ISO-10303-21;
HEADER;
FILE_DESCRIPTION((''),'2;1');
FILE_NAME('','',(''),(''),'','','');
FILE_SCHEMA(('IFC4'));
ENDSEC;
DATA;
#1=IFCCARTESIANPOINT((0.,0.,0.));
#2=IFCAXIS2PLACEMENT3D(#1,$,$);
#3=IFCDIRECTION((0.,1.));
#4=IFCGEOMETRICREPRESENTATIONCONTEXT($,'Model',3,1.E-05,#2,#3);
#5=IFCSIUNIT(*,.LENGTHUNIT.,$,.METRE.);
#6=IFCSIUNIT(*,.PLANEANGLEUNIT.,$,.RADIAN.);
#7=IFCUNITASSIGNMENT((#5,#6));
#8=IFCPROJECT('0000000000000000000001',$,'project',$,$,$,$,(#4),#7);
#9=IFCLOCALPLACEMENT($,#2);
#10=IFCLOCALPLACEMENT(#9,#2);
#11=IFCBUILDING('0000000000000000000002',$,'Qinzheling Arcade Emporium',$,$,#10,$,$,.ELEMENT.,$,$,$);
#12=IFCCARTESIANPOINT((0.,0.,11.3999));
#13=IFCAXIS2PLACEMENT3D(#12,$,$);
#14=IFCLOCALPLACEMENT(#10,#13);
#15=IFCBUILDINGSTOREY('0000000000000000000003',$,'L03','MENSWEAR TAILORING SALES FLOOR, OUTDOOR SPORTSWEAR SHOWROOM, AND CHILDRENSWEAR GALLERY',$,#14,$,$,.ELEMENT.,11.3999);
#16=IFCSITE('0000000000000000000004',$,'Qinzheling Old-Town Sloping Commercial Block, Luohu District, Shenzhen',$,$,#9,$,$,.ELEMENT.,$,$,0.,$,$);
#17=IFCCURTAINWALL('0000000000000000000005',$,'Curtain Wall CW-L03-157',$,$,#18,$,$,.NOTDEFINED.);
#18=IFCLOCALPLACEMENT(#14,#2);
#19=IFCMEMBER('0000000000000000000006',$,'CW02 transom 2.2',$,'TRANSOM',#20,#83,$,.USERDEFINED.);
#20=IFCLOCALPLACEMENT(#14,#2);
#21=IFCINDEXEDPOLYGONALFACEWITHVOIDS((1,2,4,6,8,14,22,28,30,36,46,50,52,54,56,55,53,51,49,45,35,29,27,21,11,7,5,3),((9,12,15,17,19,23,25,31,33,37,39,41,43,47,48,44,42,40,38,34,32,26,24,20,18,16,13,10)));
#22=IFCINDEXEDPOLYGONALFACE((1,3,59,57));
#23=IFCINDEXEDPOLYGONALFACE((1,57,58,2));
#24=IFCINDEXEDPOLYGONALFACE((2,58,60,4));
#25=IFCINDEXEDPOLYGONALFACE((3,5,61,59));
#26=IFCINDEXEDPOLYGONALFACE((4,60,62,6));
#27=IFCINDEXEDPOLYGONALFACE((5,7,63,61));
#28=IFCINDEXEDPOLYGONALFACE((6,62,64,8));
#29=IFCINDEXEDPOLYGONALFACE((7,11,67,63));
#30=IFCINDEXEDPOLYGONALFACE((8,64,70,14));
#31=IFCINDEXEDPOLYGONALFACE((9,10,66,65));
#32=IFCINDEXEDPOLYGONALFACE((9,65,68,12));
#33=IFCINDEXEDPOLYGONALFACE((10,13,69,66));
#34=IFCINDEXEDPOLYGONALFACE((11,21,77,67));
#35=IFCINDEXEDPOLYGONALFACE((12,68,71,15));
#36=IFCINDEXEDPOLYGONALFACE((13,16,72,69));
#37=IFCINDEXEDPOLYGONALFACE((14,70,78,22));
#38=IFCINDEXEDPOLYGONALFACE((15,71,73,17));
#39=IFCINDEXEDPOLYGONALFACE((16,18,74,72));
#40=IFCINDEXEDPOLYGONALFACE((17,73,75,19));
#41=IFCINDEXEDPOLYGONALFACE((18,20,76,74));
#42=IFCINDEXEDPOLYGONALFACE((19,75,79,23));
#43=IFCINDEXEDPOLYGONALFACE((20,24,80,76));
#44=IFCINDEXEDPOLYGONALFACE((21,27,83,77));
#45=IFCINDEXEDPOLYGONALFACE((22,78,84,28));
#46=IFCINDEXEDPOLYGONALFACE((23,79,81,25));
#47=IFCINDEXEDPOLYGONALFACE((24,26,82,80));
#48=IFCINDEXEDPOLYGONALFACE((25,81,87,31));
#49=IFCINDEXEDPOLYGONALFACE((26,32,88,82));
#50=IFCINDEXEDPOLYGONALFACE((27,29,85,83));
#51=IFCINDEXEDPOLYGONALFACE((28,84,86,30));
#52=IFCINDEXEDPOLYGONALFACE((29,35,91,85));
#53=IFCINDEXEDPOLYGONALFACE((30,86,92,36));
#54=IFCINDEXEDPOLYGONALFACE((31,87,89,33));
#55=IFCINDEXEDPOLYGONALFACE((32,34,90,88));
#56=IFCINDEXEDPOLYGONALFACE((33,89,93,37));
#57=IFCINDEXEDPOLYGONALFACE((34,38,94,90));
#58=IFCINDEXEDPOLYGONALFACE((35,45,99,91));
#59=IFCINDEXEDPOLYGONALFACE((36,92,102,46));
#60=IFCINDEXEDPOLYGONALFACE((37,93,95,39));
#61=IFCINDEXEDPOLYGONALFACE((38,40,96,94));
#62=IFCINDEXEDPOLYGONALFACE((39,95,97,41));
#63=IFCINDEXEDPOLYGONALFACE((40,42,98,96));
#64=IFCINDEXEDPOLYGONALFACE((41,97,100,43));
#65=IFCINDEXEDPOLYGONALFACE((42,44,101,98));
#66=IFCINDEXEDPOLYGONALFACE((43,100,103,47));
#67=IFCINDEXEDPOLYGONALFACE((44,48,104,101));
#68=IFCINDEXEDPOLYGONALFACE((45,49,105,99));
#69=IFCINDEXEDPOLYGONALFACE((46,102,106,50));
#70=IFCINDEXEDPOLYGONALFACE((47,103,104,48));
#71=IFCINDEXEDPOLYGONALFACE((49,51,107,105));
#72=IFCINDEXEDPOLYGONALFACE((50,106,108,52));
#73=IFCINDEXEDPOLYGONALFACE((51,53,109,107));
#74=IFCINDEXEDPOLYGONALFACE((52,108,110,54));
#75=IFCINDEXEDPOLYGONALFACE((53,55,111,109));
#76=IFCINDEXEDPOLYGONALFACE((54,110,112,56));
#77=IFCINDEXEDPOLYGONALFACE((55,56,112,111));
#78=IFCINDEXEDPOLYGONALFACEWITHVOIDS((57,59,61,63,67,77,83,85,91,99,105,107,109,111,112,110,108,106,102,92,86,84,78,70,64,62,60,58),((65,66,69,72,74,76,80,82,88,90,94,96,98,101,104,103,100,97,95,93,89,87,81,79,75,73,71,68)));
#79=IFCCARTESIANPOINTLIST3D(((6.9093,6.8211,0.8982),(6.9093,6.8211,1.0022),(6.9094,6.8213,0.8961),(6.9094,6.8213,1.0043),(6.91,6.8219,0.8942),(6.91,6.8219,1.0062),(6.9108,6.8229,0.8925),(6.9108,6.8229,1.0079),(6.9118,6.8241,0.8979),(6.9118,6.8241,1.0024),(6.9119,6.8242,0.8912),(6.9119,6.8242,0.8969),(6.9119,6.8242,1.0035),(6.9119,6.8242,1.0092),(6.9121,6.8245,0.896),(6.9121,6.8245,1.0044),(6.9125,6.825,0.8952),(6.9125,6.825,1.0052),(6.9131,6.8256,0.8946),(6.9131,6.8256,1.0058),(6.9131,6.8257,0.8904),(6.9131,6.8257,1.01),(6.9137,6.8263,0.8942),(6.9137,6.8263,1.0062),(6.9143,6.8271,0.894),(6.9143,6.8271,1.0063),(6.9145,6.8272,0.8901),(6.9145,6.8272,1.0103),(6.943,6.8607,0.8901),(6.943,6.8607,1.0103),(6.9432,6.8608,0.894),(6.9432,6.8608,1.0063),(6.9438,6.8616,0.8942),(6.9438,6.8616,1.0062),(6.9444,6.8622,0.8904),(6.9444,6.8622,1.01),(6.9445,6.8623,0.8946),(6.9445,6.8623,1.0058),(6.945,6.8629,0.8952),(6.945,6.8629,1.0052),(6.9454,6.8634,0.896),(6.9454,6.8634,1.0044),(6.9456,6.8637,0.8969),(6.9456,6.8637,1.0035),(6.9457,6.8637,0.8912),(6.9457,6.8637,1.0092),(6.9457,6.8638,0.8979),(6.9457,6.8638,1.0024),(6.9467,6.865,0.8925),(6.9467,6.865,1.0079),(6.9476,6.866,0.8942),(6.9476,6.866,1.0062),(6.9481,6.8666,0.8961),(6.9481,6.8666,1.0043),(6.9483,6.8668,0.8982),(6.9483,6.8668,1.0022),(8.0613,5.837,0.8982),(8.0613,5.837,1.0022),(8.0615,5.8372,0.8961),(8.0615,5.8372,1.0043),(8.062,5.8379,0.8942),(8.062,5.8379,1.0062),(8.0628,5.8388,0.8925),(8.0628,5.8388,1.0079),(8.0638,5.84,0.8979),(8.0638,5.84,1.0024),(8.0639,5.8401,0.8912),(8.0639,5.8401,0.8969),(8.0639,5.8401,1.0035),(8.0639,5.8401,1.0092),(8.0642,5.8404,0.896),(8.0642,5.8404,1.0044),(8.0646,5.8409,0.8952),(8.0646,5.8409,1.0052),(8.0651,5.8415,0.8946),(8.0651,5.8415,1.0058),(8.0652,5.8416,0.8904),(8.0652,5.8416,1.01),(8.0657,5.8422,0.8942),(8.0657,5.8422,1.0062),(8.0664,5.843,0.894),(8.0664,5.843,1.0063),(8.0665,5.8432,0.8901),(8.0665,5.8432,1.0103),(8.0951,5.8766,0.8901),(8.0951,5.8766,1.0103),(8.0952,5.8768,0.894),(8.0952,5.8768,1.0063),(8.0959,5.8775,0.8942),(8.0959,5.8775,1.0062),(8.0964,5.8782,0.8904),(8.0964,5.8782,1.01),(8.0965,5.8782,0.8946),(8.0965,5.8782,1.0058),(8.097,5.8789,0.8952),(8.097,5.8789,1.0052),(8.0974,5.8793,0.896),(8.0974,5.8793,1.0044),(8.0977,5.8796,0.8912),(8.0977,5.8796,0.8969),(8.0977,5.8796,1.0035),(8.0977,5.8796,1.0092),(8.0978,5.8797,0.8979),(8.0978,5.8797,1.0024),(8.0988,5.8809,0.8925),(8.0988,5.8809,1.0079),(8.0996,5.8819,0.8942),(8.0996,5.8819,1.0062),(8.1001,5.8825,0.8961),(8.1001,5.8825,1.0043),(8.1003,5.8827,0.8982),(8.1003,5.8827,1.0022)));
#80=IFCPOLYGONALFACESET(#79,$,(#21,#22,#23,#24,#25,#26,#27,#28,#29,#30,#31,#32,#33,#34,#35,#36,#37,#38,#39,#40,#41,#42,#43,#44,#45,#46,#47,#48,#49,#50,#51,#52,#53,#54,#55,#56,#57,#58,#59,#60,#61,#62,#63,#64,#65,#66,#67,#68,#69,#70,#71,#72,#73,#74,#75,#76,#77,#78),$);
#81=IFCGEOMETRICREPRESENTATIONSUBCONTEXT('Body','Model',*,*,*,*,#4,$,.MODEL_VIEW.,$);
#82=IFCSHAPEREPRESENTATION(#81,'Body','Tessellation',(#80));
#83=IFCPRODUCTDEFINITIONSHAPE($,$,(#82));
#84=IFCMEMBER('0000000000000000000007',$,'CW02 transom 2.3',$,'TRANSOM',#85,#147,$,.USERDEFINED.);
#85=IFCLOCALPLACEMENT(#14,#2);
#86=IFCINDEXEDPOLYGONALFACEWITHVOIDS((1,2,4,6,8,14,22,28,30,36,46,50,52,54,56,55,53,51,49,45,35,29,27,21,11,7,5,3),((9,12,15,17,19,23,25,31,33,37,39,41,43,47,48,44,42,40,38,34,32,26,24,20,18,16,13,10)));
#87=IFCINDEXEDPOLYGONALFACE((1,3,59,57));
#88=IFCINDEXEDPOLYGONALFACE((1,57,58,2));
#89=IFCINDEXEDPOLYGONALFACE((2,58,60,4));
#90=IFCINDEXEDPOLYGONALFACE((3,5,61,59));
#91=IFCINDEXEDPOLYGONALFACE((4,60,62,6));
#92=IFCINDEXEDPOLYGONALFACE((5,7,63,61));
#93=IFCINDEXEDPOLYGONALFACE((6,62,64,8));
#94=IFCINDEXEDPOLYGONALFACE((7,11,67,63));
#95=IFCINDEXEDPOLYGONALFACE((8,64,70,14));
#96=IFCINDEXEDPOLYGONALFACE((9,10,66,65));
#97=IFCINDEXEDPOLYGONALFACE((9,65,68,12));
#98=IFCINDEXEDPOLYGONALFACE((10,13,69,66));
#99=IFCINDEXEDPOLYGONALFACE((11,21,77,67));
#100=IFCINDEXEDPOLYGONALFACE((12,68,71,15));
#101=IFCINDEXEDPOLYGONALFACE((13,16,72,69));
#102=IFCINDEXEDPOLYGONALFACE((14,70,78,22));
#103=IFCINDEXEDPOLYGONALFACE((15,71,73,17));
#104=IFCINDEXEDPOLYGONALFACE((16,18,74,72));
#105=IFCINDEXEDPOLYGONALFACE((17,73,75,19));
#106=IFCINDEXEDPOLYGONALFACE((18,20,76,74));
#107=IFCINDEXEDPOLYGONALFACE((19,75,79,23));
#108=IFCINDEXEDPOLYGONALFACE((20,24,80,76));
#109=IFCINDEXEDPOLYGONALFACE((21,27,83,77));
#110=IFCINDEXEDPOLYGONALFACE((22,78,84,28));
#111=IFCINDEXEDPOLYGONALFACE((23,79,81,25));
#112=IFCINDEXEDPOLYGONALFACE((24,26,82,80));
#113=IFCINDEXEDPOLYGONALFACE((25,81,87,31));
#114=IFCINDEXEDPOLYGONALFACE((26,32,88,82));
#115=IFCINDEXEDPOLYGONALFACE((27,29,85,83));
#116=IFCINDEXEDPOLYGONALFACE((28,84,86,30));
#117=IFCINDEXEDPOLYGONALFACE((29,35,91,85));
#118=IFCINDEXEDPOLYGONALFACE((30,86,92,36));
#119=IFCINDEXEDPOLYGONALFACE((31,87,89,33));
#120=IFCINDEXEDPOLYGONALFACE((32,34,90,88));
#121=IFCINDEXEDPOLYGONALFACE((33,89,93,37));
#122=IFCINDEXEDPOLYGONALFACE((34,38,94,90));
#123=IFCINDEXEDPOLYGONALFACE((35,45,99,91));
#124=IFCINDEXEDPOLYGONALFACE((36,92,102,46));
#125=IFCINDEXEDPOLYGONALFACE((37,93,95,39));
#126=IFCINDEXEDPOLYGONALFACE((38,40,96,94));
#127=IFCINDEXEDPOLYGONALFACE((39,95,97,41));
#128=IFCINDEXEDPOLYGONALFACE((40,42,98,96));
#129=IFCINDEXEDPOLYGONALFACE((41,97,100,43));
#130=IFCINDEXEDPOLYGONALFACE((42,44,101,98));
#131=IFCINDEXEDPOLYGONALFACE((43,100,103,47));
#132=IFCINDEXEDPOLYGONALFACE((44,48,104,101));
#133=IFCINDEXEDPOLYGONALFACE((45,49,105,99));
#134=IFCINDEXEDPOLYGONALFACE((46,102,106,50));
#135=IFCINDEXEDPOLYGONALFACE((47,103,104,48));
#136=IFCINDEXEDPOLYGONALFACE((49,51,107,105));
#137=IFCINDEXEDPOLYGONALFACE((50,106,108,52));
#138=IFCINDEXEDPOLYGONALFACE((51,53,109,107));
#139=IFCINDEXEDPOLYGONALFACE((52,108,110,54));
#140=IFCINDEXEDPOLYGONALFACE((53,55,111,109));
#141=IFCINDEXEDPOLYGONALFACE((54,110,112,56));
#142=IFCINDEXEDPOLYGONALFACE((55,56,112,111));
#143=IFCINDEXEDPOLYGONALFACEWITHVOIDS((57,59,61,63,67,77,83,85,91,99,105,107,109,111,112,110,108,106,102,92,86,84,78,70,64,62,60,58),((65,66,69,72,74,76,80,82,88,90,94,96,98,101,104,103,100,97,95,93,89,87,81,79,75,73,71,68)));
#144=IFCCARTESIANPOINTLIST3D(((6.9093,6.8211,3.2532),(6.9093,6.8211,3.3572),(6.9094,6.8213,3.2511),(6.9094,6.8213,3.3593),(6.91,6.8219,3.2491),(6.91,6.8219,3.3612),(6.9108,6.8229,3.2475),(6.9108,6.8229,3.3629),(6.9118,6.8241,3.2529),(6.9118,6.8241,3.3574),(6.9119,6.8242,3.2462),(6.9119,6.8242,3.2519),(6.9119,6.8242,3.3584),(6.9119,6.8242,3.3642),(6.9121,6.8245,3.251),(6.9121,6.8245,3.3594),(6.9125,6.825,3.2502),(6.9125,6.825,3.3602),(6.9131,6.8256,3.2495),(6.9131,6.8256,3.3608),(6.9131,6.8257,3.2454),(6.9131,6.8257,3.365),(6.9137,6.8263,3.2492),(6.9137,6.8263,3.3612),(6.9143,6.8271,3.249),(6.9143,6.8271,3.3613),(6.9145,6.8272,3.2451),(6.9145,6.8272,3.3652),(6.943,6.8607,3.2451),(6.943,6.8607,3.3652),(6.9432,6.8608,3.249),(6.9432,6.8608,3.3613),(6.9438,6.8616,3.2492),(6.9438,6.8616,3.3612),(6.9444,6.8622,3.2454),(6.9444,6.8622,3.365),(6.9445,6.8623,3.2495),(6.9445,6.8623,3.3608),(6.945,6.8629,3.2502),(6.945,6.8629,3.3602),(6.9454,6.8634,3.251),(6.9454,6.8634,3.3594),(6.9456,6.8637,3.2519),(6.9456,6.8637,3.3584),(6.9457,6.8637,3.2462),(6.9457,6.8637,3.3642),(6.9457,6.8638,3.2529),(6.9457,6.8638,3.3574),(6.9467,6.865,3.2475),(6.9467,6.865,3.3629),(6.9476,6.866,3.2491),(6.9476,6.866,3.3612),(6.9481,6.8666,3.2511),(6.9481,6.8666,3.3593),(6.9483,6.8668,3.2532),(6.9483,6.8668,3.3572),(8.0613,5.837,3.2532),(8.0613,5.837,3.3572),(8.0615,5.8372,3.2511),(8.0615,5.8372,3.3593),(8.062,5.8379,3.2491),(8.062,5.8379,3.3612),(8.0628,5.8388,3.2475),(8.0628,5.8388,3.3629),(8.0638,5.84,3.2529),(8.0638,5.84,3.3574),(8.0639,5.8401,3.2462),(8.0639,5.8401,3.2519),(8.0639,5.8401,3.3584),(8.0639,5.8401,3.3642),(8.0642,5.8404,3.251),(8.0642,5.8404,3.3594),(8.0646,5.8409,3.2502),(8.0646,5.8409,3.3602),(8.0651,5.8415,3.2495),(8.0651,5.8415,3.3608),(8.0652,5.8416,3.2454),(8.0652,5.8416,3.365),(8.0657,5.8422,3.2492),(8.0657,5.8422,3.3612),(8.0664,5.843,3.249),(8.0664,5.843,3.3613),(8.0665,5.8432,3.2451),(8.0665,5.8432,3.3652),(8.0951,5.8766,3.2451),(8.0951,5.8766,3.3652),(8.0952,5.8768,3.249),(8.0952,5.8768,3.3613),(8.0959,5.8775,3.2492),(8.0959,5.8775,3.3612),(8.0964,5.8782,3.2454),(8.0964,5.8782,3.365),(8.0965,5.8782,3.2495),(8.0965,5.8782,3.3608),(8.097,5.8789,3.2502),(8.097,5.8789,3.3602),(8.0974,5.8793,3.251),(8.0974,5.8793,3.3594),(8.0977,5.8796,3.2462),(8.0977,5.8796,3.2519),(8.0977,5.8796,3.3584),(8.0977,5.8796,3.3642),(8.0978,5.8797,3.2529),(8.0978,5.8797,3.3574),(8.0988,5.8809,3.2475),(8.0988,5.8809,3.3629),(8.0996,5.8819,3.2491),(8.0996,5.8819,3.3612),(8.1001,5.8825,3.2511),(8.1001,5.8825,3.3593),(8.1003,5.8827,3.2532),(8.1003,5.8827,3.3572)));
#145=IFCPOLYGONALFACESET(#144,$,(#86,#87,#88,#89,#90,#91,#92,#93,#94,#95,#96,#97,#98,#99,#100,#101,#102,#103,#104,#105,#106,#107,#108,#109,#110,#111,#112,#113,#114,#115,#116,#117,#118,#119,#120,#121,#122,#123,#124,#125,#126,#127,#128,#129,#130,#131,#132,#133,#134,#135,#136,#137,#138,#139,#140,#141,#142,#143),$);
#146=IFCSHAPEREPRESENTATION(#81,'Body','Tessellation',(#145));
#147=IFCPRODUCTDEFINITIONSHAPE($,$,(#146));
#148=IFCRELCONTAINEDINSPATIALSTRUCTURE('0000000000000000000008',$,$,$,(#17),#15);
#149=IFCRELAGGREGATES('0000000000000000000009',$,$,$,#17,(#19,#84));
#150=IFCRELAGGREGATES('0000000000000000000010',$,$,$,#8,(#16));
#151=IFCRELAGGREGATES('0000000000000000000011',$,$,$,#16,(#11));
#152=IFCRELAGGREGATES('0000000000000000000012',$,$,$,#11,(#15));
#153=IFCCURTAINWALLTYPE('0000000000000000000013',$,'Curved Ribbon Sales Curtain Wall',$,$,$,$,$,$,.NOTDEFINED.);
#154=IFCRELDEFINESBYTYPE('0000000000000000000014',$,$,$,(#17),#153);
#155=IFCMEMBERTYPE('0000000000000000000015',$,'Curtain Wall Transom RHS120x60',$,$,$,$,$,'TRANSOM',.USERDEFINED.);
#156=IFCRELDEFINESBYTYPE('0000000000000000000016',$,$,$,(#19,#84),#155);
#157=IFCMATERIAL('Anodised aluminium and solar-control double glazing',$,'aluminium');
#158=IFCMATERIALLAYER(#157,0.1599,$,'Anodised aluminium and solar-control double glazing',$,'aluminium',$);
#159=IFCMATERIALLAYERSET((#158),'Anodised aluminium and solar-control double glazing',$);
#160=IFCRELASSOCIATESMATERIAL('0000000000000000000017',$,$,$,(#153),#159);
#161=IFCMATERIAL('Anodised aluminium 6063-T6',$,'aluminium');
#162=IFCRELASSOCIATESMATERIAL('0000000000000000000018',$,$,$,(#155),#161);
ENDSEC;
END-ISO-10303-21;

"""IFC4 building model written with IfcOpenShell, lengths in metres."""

from ifc_helpers import new_model, si_unit, direction, frame, origin, origin_2d, place, context, subcontext, project, spatial, hollow_rectangle, extrude, material, layer, layer_set, material_profile, profile_set, type_object, element, aggregate, save


model = new_model("IFC4")

# Units and contexts
model_context = context("Model", 3, precision=1e-05, world=origin(), true_north=direction((0.0, 1.0)))
body_context = subcontext(model_context, "Body", "Model", "MODEL_VIEW")
ifc_project = project(units=[si_unit("LENGTHUNIT", "METRE"), si_unit("PLANEANGLEUNIT", "RADIAN")], contexts=[model_context])

# Site, building, storey
site_placement = place(None, origin())
site = spatial("IfcSite", under=ifc_project, at=site_placement, Name="Qinzheling Old-Town Sloping Commercial Block, Luohu District, Shenzhen", CompositionType="ELEMENT", RefElevation=0.0)
building_placement = place(site_placement, origin())
building = spatial("IfcBuilding", under=site, at=building_placement, Name="Qinzheling Arcade Emporium", CompositionType="ELEMENT")
storey_placement = place(building_placement, frame((0.0, 0.0, 11.3999)))
storey = spatial("IfcBuildingStorey", under=building, at=storey_placement, Name="L03", Description="MENSWEAR TAILORING SALES FLOOR, OUTDOOR SPORTSWEAR SHOWROOM, AND CHILDRENSWEAR GALLERY", CompositionType="ELEMENT", Elevation=11.3999)

# Curtain wall
ifc_material_1 = material(Name="Anodised aluminium and solar-control double glazing", Category="aluminium")
ifc_layer_1 = layer(ifc_material_1, 0.1599, Name="Anodised aluminium and solar-control double glazing", Category="aluminium")
ifc_layer_set_1 = layer_set([ifc_layer_1], Name="Anodised aluminium and solar-control double glazing")
curtain_wall_type = type_object("IfcCurtainWallType", Name="Curved Ribbon Sales Curtain Wall", PredefinedType="NOTDEFINED", material=ifc_layer_set_1)
ifc_material_2 = material(Name="Anodised aluminium 6063-T6", Category="aluminium")
curtain_wall_1_placement = place(storey_placement, origin())
curtain_wall_1 = element("IfcCurtainWall", 1, at=curtain_wall_1_placement, inside=storey, type_object=curtain_wall_type, Name="Curtain Wall CW-L03-157", PredefinedType="NOTDEFINED")

# Members
ifc_material_profile_1 = material_profile(ifc_material_2, hollow_rectangle(XDim=0.0601, YDim=0.1201, WallThickness=0.0039, InnerFilletRadius=0.0039, OuterFilletRadius=0.0081, at=origin_2d()), Name="RHS 120x60x4", Category="aluminium")
ifc_profile_set_1 = profile_set([ifc_material_profile_1], Name="Anodised aluminium 6063-T6")
member_type_1 = type_object("IfcMemberType", Name="Curtain Wall Transom RHS120x60", ElementType="TRANSOM", PredefinedType="USERDEFINED", material=ifc_profile_set_1)
member_1_placement = place(storey_placement, frame((8.0808, 5.8599, 0.9502), z_axis=(-0.760359, 0.649503, 0.0), x_axis=(-0.649503, -0.760359, 0.0)))
member_1 = element("IfcMember", 2, at=member_1_placement, type_object=member_type_1, Name="CW02 transom 2.2", ObjectType="TRANSOM", PredefinedType="USERDEFINED", context=body_context, shape_type="SweptSolid", body=[
    extrude(hollow_rectangle(XDim=0.0601, YDim=0.1201, WallThickness=0.0039, InnerFilletRadius=0.0039, OuterFilletRadius=0.0081, at=origin_2d()), origin(), (0.0, 0.0, 1.0), 1.5151),
])
member_2_placement = place(storey_placement, frame((8.0808, 5.8599, 3.3052), z_axis=(-0.760359, 0.649503, 0.0), x_axis=(-0.649503, -0.760359, 0.0)))
member_2 = element("IfcMember", 3, at=member_2_placement, type_object=member_type_1, Name="CW02 transom 2.3", ObjectType="TRANSOM", PredefinedType="USERDEFINED", context=body_context, shape_type="SweptSolid", body=[
    extrude(hollow_rectangle(XDim=0.0601, YDim=0.1201, WallThickness=0.0039, InnerFilletRadius=0.0039, OuterFilletRadius=0.0081, at=origin_2d()), origin(), (0.0, 0.0, 1.0), 1.5151),
])

aggregate(curtain_wall_1, [member_1, member_2])

save(model, "model.ifc")
